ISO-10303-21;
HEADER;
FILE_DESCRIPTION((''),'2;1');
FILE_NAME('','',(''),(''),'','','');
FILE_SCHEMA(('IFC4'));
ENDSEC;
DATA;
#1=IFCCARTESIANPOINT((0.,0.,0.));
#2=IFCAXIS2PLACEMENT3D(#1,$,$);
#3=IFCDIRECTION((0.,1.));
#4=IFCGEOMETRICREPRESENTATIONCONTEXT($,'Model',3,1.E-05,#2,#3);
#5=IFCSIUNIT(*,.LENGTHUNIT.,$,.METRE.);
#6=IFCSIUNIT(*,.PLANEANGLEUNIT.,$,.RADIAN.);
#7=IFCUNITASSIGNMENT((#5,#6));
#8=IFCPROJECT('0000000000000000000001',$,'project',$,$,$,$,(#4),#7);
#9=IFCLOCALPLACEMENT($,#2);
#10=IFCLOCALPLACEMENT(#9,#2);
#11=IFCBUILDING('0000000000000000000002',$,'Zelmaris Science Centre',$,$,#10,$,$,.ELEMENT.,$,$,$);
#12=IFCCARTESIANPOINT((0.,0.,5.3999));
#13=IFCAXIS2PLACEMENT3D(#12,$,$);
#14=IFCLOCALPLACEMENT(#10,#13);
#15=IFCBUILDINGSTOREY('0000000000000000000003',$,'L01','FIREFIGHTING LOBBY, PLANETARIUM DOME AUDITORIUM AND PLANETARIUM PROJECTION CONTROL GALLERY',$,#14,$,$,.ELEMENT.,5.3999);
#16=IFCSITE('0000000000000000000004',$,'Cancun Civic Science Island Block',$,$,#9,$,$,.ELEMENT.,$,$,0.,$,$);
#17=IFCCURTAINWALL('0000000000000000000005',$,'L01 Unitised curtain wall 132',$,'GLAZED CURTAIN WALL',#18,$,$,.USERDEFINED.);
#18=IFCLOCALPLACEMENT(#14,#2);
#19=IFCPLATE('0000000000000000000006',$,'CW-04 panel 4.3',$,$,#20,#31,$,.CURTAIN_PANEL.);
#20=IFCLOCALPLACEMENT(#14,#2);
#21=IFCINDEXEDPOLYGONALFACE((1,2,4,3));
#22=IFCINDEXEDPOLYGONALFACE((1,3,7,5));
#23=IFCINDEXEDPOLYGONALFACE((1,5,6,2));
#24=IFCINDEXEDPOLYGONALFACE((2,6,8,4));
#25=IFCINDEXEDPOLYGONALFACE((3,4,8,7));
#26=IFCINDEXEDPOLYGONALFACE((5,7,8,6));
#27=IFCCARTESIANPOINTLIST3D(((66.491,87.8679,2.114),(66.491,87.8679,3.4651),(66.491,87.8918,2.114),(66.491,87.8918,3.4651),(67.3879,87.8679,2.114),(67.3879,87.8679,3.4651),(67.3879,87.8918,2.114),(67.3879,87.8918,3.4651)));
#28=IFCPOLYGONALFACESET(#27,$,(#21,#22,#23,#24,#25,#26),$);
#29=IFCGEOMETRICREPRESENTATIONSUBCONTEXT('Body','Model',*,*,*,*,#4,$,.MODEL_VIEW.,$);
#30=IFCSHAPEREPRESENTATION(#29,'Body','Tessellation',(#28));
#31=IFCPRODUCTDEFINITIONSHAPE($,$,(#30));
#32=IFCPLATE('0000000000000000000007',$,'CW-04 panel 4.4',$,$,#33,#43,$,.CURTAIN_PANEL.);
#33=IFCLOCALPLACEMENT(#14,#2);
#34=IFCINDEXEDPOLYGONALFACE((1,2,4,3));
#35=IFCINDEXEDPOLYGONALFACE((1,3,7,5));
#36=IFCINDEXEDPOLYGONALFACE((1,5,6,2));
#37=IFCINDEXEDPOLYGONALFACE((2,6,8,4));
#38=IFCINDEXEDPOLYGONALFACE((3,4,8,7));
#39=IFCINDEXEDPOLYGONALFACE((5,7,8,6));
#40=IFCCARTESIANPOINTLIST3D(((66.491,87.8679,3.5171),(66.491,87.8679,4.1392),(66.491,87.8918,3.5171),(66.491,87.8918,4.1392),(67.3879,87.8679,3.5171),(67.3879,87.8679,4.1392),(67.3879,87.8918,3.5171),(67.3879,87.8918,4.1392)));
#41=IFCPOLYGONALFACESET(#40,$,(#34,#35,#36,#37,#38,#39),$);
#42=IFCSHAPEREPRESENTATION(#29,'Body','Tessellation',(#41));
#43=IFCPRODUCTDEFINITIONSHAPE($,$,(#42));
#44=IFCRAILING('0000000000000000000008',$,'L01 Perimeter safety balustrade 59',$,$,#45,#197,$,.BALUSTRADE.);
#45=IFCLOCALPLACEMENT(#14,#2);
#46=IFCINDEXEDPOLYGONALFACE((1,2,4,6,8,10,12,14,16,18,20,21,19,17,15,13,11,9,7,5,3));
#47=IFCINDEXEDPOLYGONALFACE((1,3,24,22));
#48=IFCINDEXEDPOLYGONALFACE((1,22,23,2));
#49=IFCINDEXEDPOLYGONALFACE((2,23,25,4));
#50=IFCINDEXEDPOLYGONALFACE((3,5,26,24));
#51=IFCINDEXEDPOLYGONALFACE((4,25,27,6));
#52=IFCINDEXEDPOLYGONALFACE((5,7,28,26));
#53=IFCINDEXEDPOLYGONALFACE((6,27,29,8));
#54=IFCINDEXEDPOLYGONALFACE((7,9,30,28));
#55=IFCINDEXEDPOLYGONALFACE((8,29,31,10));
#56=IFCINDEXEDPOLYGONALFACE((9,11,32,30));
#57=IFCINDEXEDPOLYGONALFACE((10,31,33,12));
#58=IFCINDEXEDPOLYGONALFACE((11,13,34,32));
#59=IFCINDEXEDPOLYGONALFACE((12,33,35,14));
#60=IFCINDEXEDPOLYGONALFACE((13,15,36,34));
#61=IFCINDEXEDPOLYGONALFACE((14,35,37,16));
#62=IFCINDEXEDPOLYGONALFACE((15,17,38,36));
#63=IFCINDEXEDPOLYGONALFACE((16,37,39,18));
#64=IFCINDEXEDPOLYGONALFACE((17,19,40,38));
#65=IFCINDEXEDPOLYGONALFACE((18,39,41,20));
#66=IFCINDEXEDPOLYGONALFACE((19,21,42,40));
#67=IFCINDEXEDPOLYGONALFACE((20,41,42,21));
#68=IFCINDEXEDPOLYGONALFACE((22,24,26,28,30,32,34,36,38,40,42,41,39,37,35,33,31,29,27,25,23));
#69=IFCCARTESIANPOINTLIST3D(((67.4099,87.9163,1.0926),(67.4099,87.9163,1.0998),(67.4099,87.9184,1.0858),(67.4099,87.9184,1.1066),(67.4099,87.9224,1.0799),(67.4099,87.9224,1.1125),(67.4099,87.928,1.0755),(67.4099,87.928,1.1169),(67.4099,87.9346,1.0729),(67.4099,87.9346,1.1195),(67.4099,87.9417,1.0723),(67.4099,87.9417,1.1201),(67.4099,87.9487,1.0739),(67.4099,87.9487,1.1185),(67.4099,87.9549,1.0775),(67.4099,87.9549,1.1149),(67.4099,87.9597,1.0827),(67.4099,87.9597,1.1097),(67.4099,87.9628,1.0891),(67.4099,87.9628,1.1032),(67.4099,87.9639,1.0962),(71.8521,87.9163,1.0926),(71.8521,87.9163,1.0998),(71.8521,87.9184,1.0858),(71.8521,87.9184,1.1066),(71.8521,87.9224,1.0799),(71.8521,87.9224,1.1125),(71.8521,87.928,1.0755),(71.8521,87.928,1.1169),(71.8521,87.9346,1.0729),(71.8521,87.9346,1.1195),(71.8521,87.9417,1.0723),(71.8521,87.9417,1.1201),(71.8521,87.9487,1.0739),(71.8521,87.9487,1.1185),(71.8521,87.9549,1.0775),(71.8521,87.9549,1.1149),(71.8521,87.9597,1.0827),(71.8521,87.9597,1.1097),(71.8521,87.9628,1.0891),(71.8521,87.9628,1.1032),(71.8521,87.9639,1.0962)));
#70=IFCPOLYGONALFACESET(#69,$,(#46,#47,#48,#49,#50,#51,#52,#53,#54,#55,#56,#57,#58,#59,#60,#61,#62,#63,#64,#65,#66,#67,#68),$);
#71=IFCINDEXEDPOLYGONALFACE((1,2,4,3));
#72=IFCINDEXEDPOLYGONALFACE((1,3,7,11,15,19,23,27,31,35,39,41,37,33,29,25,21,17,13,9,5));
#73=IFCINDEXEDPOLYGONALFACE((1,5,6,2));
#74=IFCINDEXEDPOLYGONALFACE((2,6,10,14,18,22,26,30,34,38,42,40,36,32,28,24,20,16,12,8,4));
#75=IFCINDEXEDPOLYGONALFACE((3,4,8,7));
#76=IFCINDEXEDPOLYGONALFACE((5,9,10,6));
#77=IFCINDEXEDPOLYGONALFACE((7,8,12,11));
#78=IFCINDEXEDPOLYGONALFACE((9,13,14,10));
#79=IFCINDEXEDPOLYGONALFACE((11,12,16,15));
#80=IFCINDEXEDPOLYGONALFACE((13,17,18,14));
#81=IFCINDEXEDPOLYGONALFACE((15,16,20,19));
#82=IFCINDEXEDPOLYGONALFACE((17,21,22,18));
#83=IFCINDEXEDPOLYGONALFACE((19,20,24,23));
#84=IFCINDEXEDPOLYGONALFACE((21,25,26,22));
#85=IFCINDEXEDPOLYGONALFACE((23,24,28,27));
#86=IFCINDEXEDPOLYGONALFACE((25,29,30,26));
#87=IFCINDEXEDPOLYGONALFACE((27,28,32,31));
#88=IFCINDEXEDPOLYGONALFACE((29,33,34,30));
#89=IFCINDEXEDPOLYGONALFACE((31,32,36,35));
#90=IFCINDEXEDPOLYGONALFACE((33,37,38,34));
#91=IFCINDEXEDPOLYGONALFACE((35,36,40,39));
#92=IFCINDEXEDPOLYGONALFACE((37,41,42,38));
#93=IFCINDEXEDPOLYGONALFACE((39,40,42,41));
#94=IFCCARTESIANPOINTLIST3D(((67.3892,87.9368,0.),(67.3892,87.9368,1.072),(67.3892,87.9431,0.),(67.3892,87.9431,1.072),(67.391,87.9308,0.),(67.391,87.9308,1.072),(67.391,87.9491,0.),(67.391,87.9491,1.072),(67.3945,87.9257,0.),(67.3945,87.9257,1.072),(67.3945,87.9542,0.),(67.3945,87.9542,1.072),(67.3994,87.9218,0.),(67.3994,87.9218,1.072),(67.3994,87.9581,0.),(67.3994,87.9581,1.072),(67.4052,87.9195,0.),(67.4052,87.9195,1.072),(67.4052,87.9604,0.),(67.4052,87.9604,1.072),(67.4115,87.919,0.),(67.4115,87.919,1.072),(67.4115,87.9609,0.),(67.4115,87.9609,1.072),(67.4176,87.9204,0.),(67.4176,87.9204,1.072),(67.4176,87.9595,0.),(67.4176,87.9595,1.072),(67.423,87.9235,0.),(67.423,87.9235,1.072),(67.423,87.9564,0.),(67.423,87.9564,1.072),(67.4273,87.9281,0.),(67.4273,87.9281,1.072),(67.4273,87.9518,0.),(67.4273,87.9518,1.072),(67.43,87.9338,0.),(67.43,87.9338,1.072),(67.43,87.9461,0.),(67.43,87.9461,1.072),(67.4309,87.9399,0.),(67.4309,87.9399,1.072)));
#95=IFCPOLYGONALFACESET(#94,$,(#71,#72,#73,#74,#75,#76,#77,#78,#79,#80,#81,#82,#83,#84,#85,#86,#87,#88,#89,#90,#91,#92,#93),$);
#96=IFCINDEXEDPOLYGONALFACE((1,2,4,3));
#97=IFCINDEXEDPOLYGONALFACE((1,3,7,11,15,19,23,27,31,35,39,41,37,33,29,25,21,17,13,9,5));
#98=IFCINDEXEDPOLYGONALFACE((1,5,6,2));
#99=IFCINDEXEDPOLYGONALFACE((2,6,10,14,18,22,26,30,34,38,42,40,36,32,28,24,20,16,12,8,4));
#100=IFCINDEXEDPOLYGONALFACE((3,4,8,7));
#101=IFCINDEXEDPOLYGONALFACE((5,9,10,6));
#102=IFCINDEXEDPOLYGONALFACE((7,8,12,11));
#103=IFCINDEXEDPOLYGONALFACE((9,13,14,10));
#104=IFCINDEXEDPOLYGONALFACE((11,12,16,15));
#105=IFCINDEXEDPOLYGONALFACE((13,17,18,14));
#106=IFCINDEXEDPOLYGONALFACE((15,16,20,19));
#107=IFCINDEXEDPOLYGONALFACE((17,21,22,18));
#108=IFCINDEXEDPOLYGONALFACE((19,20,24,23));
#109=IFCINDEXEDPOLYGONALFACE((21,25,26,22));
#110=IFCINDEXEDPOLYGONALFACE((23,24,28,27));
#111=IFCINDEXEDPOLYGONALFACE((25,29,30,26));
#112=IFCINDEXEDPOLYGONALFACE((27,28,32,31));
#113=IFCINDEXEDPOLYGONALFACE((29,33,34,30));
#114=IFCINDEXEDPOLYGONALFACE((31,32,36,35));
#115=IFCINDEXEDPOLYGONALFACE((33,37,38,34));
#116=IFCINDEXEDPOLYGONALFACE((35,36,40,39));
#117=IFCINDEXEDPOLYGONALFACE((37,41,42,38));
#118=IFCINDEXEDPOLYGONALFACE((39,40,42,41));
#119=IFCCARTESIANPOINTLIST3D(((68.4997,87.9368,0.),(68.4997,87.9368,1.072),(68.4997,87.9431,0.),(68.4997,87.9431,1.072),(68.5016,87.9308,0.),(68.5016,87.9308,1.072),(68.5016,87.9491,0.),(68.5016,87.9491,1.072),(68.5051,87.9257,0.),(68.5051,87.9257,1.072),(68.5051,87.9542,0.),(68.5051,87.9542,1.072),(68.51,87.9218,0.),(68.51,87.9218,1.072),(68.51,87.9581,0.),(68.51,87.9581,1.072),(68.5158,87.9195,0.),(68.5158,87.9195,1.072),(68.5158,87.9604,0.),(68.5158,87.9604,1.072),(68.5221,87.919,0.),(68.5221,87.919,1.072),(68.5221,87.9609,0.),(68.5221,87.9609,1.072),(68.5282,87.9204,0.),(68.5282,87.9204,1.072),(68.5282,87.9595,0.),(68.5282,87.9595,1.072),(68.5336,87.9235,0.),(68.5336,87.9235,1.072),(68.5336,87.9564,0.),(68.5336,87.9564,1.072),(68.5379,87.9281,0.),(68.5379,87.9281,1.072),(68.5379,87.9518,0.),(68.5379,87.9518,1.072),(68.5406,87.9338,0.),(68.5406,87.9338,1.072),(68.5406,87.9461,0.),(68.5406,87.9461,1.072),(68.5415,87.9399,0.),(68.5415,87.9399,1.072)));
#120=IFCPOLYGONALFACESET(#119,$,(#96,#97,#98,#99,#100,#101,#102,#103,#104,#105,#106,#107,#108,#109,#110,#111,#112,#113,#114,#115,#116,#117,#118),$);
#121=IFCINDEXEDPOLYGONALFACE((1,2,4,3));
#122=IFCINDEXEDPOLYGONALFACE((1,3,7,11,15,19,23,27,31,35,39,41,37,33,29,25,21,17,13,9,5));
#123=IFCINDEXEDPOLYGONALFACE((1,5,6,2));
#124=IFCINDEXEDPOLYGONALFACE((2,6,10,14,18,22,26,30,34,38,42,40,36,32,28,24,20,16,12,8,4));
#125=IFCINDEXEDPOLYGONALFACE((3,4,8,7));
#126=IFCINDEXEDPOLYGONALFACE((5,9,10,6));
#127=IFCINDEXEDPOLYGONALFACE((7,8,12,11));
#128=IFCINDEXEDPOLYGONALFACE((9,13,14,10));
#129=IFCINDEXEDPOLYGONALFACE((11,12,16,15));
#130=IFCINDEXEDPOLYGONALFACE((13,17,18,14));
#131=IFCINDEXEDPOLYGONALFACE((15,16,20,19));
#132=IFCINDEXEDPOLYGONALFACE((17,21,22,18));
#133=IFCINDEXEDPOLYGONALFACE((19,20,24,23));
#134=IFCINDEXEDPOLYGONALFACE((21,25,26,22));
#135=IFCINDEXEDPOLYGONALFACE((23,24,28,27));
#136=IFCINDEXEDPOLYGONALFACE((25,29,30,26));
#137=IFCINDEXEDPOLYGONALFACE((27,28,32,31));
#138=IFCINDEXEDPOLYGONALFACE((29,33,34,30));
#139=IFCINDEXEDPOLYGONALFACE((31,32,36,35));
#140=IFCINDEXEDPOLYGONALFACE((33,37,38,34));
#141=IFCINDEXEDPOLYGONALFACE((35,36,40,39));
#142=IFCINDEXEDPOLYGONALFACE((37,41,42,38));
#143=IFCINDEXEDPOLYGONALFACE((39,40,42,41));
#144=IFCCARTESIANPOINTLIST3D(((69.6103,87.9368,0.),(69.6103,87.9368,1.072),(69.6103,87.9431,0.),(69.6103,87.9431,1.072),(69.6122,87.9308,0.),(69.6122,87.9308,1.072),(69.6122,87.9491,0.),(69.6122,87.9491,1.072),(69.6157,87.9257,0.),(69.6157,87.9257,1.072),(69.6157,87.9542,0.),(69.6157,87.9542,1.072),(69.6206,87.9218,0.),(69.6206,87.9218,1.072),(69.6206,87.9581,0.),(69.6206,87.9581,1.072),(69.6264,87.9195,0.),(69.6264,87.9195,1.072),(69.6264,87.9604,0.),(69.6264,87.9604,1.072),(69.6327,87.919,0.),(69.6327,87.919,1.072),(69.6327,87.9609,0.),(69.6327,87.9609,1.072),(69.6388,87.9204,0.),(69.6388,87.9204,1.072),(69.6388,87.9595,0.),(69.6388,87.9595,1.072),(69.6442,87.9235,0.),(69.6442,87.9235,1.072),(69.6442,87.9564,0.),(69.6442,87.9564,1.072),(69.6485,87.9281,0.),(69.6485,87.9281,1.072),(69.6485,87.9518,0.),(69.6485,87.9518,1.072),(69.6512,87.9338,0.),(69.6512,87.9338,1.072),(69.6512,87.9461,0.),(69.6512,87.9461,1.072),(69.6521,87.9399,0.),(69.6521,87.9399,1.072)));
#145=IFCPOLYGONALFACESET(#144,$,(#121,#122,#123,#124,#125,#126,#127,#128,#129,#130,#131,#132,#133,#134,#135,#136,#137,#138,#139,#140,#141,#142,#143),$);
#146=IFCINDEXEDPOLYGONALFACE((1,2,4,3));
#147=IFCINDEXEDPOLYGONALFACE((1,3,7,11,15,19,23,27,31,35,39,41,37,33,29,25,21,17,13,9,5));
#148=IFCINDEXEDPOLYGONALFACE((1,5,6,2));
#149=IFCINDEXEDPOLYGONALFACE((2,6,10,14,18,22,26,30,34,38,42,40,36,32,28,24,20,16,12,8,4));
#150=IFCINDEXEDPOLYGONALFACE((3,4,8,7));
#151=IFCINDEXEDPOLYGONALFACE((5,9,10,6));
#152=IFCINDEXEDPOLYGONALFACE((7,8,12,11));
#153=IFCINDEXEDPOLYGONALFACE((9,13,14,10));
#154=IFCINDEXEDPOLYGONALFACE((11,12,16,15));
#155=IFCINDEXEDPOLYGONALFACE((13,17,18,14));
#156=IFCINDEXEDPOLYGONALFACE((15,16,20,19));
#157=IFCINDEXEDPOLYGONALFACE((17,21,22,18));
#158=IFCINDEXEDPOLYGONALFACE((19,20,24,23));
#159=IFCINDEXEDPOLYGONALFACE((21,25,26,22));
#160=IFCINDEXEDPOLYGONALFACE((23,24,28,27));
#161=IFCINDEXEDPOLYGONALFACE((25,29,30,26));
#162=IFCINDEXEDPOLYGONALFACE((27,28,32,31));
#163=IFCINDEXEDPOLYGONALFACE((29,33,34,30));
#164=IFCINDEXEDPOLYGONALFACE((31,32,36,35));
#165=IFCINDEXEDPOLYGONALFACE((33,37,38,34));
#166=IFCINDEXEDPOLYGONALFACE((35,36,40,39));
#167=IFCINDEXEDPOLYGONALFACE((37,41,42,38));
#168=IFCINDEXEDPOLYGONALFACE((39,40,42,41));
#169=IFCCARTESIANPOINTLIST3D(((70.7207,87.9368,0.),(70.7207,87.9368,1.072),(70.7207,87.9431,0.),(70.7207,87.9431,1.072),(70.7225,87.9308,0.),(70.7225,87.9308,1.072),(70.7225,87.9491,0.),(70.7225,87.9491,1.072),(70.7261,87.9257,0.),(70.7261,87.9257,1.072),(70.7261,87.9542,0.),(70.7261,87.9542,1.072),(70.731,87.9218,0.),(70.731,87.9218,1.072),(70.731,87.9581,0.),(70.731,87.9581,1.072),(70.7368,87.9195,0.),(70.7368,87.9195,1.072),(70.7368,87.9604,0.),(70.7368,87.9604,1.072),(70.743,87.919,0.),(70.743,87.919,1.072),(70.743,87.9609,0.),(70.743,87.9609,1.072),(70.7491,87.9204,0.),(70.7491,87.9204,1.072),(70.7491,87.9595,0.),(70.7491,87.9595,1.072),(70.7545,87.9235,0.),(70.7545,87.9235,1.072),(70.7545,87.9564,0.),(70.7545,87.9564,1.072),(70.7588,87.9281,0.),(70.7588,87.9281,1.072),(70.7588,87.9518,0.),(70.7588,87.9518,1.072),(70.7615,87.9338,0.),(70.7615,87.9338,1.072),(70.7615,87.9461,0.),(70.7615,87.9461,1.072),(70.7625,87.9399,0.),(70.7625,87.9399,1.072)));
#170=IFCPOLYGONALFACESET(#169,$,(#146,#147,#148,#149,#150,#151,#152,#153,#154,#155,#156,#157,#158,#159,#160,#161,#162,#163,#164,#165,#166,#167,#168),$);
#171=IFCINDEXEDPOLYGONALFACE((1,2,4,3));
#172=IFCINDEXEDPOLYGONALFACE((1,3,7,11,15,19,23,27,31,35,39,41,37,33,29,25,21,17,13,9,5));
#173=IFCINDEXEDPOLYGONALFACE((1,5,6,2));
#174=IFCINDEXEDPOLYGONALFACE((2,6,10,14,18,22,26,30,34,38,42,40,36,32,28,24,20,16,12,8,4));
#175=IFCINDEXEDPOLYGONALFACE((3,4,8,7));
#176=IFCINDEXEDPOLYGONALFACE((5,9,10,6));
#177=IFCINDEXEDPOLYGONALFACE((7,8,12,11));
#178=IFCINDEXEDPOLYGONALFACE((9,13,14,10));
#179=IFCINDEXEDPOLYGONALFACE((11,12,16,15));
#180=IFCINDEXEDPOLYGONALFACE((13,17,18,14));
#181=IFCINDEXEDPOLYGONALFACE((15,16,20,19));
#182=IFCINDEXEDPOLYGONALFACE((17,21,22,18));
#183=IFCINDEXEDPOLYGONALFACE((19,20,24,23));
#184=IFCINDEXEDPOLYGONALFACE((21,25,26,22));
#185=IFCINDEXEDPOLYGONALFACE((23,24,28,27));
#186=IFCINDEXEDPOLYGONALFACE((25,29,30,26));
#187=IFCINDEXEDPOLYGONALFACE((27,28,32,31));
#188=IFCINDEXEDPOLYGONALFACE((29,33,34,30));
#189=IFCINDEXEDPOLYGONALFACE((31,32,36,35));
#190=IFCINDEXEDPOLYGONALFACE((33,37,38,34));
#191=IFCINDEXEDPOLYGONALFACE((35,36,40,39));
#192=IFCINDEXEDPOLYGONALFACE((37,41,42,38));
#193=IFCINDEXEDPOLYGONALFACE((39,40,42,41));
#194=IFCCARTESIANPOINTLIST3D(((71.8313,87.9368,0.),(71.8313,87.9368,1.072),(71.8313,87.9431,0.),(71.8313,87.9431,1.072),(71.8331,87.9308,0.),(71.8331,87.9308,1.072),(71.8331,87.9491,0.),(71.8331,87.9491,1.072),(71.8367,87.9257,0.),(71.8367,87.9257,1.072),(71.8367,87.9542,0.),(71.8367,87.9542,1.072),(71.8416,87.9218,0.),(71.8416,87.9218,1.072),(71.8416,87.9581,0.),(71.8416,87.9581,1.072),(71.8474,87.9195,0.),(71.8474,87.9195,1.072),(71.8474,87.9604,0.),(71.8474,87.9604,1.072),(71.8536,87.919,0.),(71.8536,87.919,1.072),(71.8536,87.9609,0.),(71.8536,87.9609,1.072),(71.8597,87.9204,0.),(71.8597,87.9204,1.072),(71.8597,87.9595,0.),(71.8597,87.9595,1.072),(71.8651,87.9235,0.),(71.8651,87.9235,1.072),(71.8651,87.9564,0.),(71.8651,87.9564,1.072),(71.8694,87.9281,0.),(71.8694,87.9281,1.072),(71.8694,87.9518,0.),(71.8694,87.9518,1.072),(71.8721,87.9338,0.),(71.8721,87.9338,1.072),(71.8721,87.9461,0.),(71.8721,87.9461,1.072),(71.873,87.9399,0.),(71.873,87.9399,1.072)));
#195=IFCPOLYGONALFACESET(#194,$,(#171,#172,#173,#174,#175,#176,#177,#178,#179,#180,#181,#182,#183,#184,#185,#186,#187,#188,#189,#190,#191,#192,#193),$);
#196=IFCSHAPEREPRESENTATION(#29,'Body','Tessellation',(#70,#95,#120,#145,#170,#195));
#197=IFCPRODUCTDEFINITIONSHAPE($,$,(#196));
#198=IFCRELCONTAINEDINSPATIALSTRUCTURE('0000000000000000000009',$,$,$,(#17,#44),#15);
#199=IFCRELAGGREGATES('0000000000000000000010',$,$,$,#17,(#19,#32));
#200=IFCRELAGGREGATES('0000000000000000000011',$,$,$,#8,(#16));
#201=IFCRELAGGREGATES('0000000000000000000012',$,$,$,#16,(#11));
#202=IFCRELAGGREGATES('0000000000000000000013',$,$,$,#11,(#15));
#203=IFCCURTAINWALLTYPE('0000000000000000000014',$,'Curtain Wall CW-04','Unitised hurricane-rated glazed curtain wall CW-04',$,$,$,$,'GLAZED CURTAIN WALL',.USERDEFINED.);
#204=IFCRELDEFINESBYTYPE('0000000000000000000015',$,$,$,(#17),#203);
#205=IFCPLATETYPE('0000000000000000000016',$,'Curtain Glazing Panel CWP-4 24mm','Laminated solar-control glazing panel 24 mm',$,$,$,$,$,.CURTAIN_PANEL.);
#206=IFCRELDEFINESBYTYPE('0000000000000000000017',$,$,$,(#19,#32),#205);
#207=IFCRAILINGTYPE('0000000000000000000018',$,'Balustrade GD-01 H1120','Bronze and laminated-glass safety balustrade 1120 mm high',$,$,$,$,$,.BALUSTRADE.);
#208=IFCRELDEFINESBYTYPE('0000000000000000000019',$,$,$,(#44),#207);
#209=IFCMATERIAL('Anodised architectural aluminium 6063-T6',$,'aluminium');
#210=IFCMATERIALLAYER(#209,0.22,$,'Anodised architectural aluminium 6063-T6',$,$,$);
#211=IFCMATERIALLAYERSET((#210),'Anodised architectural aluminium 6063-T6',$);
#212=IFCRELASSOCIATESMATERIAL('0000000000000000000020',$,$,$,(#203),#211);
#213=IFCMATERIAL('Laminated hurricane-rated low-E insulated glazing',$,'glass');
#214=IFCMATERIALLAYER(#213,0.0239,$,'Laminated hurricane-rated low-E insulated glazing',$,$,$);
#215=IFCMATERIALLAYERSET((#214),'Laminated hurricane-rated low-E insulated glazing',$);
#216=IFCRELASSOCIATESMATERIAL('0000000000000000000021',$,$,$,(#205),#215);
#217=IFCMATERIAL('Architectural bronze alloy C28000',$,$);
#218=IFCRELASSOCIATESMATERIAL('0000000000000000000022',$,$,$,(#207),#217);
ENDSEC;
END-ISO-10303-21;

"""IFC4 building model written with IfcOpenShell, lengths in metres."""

from ifc_helpers import new_model, si_unit, direction, frame, origin, origin_2d, place, context, subcontext, project, spatial, rectangle, circle, extrude, material, layer, layer_set, type_object, element, aggregate, save


model = new_model("IFC4")

# Units and contexts
model_context = context("Model", 3, precision=1e-05, world=origin(), true_north=direction((0.0, 1.0)))
body_context = subcontext(model_context, "Body", "Model", "MODEL_VIEW")
ifc_project = project(units=[si_unit("LENGTHUNIT", "METRE"), si_unit("PLANEANGLEUNIT", "RADIAN")], contexts=[model_context])

# Site, building, storey
site_placement = place(None, origin())
site = spatial("IfcSite", under=ifc_project, at=site_placement, Name="Cancun Civic Science Island Block", CompositionType="ELEMENT", RefElevation=0.0)
building_placement = place(site_placement, origin())
building = spatial("IfcBuilding", under=site, at=building_placement, Name="Zelmaris Science Centre", CompositionType="ELEMENT")
storey_placement = place(building_placement, frame((0.0, 0.0, 5.3999)))
storey = spatial("IfcBuildingStorey", under=building, at=storey_placement, Name="L01", Description="FIREFIGHTING LOBBY, PLANETARIUM DOME AUDITORIUM AND PLANETARIUM PROJECTION CONTROL GALLERY", CompositionType="ELEMENT", Elevation=5.3999)

# Curtain wall
ifc_material_1 = material(Name="Anodised architectural aluminium 6063-T6", Category="aluminium")
ifc_layer_1 = layer(ifc_material_1, 0.22, Name="Anodised architectural aluminium 6063-T6")
ifc_layer_set_1 = layer_set([ifc_layer_1], Name="Anodised architectural aluminium 6063-T6")
curtain_wall_type_1 = type_object("IfcCurtainWallType", Name="Curtain Wall CW-04", Description="Unitised hurricane-rated glazed curtain wall CW-04", ElementType="GLAZED CURTAIN WALL", PredefinedType="USERDEFINED", material=ifc_layer_set_1)
curtain_wall_1_placement = place(storey_placement, origin())
curtain_wall_1 = element("IfcCurtainWall", 1, at=curtain_wall_1_placement, inside=storey, type_object=curtain_wall_type_1, Name="L01 Unitised curtain wall 132", ObjectType="GLAZED CURTAIN WALL", PredefinedType="USERDEFINED")

# Plates
ifc_material_2 = material(Name="Laminated hurricane-rated low-E insulated glazing", Category="glass")
ifc_layer_2 = layer(ifc_material_2, 0.0239, Name="Laminated hurricane-rated low-E insulated glazing")
ifc_layer_set_2 = layer_set([ifc_layer_2], Name="Laminated hurricane-rated low-E insulated glazing")
plate_type = type_object("IfcPlateType", Name="Curtain Glazing Panel CWP-4 24mm", Description="Laminated solar-control glazing panel 24 mm", PredefinedType="CURTAIN_PANEL", material=ifc_layer_set_2)
plate_1_placement = place(storey_placement, frame((66.9395, 87.8799, 2.114), z_axis=(0.0, 0.0, 1.0), x_axis=(1.0, 0.0, 0.0)))
plate_1 = element("IfcPlate", 2, at=plate_1_placement, type_object=plate_type, Name="CW-04 panel 4.3", PredefinedType="CURTAIN_PANEL", context=body_context, shape_type="SweptSolid", body=[
    extrude(rectangle(XDim=0.897, YDim=0.0239, at=origin_2d()), origin(), (0.0, 0.0, 1.0), 1.3511),
])
plate_2_placement = place(storey_placement, frame((66.9395, 87.8799, 3.5171), z_axis=(0.0, 0.0, 1.0), x_axis=(1.0, 0.0, 0.0)))
plate_2 = element("IfcPlate", 3, at=plate_2_placement, type_object=plate_type, Name="CW-04 panel 4.4", PredefinedType="CURTAIN_PANEL", context=body_context, shape_type="SweptSolid", body=[
    extrude(rectangle(XDim=0.897, YDim=0.0239, at=origin_2d()), origin(), (0.0, 0.0, 1.0), 0.6221),
])
aggregate(curtain_wall_1, [plate_1, plate_2])

# Railing
ifc_material_3 = material(Name="Architectural bronze alloy C28000")
railing_type = type_object("IfcRailingType", Name="Balustrade GD-01 H1120", Description="Bronze and laminated-glass safety balustrade 1120 mm high", PredefinedType="BALUSTRADE", material=ifc_material_3)
railing_1_placement = place(storey_placement, frame((67.4099, 87.9399, 0.0)))
element("IfcRailing", 4, at=railing_1_placement, inside=storey, type_object=railing_type, Name="L01 Perimeter safety balustrade 59", PredefinedType="BALUSTRADE", context=body_context, shape_type="SweptSolid", body=[
    extrude(circle(Radius=0.0239, at=origin_2d()), frame((0.0, 0.0, 1.0962), z_axis=(1.0, 0.0, 0.0), x_axis=(0.0, 1.0, 0.0)), (0.0, 0.0, 1.0), 4.4421),
    extrude(circle(Radius=0.021, at=origin_2d()), origin(), (0.0, 0.0, 1.0), 1.072),
    extrude(circle(Radius=0.021, at=origin_2d()), frame((1.1106, 0.0, 0.0)), (0.0, 0.0, 1.0), 1.072),
    extrude(circle(Radius=0.021, at=origin_2d()), frame((2.2212, 0.0, 0.0)), (0.0, 0.0, 1.0), 1.072),
    extrude(circle(Radius=0.021, at=origin_2d()), frame((3.3315, 0.0, 0.0)), (0.0, 0.0, 1.0), 1.072),
    extrude(circle(Radius=0.021, at=origin_2d()), frame((4.4421, 0.0, 0.0)), (0.0, 0.0, 1.0), 1.072),
])

save(model, "model.ifc")
